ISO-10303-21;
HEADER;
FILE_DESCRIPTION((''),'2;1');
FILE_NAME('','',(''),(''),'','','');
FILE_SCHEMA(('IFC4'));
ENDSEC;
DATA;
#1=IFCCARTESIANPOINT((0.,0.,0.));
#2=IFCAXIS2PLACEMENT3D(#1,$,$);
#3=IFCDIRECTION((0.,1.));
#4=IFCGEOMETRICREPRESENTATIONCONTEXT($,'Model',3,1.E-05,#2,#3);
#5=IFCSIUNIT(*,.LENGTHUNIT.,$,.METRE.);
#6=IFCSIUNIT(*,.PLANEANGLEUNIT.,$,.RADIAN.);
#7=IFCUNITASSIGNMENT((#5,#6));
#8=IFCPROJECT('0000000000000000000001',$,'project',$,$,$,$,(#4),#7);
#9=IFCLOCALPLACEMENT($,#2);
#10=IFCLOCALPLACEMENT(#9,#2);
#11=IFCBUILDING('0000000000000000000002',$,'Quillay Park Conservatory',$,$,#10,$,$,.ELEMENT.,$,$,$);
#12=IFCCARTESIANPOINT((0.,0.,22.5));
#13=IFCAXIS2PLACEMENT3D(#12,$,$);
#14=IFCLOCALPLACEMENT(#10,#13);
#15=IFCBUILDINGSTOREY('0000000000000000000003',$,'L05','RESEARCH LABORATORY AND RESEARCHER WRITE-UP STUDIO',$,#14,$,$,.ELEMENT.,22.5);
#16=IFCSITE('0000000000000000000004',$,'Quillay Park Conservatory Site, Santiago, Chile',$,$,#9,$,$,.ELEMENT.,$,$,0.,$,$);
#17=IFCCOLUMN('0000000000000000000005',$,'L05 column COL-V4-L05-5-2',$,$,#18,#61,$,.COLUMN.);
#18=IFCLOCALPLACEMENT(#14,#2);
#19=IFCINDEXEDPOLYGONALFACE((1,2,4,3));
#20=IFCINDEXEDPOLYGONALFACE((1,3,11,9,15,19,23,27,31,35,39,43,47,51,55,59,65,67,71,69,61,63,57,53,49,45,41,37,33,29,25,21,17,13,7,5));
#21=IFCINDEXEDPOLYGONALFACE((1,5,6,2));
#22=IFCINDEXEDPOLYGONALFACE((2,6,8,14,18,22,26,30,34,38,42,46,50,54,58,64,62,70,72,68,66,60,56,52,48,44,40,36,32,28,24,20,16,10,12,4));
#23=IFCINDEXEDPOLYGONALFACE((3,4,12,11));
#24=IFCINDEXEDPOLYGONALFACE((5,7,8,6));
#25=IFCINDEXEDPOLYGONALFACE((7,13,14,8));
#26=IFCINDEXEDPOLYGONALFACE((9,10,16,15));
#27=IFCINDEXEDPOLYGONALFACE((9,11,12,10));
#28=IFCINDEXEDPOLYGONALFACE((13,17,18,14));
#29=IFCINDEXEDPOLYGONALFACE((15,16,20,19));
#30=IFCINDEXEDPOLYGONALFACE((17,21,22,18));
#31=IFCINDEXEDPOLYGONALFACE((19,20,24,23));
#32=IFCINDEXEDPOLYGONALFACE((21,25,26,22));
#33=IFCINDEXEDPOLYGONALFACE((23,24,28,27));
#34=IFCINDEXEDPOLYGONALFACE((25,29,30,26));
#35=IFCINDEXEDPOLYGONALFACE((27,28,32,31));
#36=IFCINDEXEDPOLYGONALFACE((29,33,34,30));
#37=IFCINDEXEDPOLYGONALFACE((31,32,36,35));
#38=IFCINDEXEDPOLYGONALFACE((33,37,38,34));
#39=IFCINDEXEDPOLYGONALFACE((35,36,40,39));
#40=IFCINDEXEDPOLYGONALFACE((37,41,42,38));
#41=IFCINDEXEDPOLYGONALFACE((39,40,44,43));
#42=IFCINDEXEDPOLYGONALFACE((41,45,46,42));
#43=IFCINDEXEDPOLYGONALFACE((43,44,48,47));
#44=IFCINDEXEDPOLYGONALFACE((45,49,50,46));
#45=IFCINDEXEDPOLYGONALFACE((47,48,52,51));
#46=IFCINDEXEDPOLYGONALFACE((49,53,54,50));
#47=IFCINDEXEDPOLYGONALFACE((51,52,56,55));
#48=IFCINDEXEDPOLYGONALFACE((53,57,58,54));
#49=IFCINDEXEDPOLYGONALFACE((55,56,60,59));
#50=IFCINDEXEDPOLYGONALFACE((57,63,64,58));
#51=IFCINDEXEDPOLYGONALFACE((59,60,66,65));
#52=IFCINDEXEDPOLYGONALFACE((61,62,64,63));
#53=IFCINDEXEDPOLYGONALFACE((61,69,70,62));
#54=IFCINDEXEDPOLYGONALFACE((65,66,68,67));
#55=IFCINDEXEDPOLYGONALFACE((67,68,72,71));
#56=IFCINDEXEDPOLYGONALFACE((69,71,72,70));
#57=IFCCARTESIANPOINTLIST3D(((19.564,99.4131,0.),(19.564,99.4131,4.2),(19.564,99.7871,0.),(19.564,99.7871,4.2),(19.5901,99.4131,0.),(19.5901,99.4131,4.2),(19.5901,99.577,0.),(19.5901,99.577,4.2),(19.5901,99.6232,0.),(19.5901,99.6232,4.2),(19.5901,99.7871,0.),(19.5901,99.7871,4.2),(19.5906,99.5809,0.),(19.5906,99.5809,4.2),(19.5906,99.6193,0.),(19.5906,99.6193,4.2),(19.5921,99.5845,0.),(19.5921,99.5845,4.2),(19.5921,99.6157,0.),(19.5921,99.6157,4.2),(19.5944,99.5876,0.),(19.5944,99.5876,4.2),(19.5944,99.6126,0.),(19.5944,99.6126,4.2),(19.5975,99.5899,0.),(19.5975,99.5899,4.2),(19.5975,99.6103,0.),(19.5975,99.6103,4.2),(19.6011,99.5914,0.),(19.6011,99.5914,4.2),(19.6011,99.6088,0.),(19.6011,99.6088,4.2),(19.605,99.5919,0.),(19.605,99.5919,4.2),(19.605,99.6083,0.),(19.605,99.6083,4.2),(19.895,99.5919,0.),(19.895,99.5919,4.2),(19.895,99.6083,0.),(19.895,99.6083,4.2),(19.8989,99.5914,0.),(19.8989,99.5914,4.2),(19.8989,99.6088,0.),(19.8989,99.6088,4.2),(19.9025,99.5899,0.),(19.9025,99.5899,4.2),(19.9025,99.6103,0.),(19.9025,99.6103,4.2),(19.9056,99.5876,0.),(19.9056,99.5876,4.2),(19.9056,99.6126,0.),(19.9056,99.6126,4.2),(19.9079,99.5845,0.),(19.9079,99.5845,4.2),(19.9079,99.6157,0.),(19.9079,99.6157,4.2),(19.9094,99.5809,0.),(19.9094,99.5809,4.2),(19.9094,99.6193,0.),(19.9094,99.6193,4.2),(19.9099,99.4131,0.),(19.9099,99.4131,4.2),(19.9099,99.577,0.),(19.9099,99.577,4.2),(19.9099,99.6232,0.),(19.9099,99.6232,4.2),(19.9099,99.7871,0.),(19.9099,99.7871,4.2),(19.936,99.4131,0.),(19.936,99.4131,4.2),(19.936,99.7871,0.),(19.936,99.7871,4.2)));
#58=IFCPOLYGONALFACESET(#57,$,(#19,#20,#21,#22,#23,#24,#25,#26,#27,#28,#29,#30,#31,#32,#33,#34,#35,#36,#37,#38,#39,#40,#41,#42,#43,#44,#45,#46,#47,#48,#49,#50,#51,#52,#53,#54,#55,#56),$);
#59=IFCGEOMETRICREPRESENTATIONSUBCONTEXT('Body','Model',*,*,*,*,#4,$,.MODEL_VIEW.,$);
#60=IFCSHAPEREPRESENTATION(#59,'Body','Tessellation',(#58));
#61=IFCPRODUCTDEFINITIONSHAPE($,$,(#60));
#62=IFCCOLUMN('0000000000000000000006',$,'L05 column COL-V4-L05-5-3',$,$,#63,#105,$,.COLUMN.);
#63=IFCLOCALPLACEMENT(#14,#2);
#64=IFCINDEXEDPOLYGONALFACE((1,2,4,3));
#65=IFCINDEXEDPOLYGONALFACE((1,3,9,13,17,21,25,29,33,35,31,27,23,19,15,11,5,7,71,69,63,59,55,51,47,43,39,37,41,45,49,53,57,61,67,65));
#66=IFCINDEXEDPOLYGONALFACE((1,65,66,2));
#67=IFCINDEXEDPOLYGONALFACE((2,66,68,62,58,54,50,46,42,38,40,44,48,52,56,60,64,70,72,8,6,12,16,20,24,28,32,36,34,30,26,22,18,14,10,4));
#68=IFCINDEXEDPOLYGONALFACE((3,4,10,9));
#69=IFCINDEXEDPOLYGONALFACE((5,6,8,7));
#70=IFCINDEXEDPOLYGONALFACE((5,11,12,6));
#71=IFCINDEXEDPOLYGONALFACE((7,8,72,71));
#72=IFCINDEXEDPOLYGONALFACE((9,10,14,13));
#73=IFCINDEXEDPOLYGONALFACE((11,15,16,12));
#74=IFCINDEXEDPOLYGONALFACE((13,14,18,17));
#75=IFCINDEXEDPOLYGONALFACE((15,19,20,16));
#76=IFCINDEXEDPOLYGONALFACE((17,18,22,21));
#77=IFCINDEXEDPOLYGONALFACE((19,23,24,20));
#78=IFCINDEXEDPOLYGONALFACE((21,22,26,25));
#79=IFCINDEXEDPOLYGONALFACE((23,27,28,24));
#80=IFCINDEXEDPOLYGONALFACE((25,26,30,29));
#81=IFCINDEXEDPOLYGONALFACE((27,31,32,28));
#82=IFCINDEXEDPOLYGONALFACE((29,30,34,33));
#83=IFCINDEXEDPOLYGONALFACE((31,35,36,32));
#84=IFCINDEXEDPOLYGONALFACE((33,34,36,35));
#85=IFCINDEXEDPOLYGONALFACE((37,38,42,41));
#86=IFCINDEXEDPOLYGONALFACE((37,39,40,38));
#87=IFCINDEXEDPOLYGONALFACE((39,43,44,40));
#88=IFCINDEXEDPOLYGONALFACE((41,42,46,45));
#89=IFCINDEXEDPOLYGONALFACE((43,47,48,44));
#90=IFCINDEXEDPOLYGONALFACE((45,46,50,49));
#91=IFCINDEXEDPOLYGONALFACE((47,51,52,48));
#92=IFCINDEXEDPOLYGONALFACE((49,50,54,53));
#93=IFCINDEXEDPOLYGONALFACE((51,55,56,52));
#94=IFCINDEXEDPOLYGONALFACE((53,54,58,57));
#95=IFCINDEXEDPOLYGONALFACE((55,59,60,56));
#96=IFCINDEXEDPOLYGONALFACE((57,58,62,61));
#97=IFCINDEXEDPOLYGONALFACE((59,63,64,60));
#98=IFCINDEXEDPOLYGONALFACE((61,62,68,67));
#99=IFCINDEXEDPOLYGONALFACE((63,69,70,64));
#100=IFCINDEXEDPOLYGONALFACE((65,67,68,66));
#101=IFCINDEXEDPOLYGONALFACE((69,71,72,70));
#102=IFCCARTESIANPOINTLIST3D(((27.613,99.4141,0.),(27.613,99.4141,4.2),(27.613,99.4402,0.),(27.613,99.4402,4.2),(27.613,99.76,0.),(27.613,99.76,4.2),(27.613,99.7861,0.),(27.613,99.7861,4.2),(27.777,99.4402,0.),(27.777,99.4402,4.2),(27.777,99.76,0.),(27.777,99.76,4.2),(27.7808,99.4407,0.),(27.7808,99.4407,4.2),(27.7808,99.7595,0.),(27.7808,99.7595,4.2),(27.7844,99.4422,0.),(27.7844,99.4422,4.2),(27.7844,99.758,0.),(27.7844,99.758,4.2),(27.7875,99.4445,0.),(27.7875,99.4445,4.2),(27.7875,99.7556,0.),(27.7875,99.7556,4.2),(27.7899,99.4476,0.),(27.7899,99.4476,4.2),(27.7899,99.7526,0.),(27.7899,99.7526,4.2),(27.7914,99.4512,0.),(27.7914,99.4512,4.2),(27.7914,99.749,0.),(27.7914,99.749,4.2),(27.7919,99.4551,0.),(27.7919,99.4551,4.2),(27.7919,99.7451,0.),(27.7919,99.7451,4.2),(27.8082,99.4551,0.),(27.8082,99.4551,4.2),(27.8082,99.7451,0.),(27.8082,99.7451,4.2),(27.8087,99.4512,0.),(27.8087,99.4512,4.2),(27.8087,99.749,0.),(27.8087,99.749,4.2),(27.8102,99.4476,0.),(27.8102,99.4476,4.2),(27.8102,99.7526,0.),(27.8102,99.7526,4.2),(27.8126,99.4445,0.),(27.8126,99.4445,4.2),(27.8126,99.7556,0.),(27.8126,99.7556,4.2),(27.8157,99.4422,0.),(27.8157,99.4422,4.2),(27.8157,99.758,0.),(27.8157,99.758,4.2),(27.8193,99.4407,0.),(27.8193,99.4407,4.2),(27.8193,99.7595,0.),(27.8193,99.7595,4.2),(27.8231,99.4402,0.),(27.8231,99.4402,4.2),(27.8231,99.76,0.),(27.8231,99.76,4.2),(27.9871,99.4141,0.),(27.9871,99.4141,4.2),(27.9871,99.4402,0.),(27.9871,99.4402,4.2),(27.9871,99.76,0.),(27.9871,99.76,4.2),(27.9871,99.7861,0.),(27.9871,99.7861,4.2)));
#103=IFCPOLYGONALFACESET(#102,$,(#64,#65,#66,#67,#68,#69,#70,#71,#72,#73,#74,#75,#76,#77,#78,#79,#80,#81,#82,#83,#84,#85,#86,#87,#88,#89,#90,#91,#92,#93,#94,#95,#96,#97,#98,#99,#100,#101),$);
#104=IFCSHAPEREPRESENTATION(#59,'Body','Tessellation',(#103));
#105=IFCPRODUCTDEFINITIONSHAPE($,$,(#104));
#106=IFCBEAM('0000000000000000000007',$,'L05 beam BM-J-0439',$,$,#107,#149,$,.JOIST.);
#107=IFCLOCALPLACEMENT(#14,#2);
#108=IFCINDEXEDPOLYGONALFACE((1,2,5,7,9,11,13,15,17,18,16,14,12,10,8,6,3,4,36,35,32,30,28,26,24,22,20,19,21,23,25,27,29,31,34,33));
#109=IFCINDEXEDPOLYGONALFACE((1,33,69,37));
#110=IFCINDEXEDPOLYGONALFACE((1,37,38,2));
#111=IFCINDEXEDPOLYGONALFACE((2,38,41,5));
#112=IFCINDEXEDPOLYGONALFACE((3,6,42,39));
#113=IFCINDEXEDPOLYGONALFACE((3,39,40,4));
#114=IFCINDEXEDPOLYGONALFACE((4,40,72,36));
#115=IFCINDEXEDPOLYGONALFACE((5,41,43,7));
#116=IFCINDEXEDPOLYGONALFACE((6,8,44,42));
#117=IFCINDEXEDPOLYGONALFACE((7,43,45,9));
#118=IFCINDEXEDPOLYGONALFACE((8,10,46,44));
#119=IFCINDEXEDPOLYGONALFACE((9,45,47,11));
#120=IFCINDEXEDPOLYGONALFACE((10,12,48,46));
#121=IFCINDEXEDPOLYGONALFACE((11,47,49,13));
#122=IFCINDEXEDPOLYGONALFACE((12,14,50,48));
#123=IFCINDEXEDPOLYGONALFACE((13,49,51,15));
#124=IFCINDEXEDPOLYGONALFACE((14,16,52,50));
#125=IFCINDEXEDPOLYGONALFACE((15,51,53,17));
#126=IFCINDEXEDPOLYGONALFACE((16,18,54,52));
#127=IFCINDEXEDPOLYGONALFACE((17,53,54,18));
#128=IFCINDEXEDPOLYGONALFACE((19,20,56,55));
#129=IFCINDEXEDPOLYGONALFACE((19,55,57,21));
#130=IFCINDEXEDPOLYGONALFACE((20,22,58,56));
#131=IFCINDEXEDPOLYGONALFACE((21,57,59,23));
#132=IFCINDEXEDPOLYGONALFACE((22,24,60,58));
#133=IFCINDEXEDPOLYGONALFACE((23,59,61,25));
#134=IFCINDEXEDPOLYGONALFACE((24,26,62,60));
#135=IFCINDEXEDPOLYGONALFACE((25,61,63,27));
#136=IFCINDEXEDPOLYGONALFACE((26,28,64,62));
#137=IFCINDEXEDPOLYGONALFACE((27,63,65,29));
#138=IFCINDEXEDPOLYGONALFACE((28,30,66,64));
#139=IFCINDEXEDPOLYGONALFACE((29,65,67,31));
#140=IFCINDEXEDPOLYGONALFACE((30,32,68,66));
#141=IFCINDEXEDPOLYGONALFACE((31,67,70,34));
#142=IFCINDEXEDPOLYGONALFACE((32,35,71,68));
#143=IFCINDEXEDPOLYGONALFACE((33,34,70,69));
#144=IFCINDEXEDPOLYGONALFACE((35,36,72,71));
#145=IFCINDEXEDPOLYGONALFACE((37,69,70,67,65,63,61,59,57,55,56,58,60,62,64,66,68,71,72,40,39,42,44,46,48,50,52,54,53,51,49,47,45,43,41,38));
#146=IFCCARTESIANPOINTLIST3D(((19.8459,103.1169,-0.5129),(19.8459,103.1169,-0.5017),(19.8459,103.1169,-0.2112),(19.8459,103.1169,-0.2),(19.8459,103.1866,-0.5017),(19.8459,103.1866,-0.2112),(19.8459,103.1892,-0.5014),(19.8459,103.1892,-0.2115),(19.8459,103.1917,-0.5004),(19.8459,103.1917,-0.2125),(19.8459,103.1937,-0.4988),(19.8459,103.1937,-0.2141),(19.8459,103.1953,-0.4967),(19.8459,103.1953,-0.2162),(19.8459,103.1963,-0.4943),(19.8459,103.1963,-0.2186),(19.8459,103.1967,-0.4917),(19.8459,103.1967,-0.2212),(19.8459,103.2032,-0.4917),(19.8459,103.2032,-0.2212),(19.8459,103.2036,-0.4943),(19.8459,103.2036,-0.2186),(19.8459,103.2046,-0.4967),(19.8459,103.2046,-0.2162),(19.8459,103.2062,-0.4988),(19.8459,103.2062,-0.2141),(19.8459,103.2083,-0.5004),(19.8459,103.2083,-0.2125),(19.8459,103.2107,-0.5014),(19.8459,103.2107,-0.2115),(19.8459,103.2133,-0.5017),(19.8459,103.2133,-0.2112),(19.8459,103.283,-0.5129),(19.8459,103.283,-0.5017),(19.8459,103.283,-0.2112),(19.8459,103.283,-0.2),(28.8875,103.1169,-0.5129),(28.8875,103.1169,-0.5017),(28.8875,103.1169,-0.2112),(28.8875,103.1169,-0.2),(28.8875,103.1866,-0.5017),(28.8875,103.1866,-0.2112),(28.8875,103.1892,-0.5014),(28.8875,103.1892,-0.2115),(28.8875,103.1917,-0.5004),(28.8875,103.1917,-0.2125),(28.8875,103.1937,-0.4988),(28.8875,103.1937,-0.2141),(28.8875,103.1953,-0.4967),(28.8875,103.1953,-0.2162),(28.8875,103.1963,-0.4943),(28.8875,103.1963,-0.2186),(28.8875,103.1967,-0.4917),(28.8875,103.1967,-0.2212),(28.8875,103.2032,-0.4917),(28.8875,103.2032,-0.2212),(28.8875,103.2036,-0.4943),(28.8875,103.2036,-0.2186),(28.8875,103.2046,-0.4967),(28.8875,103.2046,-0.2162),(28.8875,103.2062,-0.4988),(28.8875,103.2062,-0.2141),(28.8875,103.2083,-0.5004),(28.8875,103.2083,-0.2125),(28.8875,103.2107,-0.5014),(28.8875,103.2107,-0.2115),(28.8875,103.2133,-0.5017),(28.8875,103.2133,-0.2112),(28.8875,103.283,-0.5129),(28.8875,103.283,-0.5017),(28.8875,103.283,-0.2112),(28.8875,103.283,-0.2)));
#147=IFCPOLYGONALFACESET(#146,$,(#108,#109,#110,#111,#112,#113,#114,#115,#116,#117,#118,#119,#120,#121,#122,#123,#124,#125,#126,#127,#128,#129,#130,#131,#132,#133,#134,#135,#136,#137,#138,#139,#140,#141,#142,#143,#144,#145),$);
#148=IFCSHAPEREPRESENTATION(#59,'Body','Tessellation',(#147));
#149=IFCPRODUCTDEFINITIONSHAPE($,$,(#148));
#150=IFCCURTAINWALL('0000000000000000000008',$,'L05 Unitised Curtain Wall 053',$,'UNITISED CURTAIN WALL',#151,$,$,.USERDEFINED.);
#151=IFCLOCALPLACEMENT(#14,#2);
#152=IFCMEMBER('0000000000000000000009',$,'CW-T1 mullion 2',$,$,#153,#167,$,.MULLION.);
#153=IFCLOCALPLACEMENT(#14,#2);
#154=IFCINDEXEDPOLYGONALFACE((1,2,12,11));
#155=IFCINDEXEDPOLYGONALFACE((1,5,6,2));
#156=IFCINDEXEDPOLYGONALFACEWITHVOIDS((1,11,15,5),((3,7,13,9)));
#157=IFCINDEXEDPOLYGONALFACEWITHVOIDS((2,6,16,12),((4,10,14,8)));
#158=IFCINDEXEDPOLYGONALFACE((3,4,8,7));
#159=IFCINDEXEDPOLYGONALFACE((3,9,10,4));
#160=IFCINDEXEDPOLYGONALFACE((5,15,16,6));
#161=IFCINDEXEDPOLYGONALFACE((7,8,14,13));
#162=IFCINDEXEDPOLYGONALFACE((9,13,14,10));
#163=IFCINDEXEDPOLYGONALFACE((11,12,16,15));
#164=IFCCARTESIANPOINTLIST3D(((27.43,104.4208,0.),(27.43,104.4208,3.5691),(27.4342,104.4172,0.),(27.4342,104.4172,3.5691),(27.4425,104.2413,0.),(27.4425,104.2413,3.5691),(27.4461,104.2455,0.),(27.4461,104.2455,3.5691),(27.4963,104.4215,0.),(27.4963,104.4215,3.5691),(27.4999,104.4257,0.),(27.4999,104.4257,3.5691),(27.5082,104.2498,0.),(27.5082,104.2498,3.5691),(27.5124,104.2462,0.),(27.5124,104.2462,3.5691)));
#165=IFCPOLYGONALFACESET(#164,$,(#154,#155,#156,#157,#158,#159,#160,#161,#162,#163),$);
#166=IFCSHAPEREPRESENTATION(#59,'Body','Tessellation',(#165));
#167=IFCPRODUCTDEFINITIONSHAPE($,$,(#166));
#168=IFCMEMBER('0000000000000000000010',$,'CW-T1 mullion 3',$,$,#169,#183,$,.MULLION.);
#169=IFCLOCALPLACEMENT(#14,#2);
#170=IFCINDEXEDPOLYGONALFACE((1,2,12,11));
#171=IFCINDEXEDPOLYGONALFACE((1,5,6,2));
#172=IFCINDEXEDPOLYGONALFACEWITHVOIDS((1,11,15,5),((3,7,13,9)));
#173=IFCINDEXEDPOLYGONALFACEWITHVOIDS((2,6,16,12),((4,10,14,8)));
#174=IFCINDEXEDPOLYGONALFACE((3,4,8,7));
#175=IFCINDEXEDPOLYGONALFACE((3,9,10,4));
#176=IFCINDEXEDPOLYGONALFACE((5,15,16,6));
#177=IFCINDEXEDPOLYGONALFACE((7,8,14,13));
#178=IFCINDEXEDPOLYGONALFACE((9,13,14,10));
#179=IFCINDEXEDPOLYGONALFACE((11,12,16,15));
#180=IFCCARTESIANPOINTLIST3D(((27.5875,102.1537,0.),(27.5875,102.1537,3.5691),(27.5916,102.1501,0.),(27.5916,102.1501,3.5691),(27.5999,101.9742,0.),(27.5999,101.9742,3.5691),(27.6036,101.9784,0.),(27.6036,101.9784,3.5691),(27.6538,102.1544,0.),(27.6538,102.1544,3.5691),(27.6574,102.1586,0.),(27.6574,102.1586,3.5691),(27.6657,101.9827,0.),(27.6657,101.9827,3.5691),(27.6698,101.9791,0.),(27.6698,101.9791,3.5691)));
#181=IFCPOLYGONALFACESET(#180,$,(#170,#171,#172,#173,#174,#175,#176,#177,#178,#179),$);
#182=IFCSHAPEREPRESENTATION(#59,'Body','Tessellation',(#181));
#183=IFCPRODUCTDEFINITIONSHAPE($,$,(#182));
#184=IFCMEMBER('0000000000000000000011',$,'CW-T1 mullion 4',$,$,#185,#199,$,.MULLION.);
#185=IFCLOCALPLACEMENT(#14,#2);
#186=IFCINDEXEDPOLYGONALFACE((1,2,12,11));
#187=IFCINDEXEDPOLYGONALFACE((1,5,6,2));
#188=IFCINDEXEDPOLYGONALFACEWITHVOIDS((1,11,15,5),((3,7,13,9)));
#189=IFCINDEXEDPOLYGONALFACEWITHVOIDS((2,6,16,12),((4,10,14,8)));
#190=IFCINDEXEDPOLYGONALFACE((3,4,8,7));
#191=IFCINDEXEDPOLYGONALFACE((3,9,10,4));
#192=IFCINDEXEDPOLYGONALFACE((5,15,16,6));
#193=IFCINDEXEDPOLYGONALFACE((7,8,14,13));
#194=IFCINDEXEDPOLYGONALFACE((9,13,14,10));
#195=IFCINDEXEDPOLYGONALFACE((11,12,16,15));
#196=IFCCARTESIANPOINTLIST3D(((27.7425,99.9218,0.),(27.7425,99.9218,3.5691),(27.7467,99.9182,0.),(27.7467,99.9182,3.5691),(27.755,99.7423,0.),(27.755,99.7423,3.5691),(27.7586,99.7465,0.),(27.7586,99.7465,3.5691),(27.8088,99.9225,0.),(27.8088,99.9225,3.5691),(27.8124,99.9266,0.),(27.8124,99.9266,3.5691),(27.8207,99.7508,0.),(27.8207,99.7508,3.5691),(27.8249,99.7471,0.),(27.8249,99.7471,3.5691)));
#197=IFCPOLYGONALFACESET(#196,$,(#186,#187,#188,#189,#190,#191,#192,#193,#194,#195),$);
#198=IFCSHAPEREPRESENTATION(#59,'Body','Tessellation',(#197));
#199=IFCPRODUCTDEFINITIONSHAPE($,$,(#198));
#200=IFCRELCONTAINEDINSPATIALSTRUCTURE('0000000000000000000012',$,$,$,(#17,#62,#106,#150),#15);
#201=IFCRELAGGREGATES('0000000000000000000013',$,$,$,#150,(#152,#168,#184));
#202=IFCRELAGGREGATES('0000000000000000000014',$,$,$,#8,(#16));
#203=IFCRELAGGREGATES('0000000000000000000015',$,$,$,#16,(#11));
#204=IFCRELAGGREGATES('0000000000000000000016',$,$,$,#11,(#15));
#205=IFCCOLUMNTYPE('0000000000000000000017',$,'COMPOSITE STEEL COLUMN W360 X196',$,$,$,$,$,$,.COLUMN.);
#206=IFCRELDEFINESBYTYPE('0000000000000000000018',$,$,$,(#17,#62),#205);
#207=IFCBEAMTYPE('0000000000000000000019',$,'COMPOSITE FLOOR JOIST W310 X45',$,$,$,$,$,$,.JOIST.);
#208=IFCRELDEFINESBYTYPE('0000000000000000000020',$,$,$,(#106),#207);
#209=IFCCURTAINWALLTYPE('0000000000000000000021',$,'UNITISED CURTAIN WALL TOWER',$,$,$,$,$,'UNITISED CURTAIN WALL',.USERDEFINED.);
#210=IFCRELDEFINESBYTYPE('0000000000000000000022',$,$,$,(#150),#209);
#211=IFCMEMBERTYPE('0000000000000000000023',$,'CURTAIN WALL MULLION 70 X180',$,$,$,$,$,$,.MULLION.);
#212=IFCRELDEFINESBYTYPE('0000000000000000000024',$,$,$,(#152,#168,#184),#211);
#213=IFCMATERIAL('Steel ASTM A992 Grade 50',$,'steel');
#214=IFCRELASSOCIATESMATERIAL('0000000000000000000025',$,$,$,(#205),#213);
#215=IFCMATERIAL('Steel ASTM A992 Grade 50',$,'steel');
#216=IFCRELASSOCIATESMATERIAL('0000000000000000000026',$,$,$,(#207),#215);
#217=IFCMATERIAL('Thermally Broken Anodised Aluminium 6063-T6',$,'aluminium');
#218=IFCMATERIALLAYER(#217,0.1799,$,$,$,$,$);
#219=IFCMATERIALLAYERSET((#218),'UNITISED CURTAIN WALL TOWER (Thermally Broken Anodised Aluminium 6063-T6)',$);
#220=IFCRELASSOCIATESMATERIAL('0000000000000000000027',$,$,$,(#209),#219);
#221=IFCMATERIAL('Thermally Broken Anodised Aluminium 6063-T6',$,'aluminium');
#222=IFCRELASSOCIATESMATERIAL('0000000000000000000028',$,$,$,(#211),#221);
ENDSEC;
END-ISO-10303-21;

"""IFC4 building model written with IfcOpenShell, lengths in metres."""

from ifc_helpers import new_model, si_unit, direction, frame, origin, origin_2d, place, context, subcontext, project, spatial, hollow_rectangle, i_section, extrude, material, layer, layer_set, material_profile, profile_set, type_object, element, aggregate, save


model = new_model("IFC4")

# Units and contexts
model_context = context("Model", 3, precision=1e-05, world=origin(), true_north=direction((0.0, 1.0)))
body_context = subcontext(model_context, "Body", "Model", "MODEL_VIEW")
ifc_project = project(units=[si_unit("LENGTHUNIT", "METRE"), si_unit("PLANEANGLEUNIT", "RADIAN")], contexts=[model_context])

# Site, building, storey
site_placement = place(None, origin())
site = spatial("IfcSite", under=ifc_project, at=site_placement, Name="Quillay Park Conservatory Site, Santiago, Chile", CompositionType="ELEMENT", RefElevation=0.0)
building_placement = place(site_placement, origin())
building = spatial("IfcBuilding", under=site, at=building_placement, Name="Quillay Park Conservatory", CompositionType="ELEMENT")
storey_placement = place(building_placement, frame((0.0, 0.0, 22.5)))
storey = spatial("IfcBuildingStorey", under=building, at=storey_placement, Name="L05", Description="RESEARCH LABORATORY AND RESEARCHER WRITE-UP STUDIO", CompositionType="ELEMENT", Elevation=22.5)

# Columns
ifc_material_1 = material(Name="Steel ASTM A992 Grade 50", Category="steel")
ifc_material_profile_1 = material_profile(ifc_material_1, i_section(OverallWidth=0.374, OverallDepth=0.3721, WebThickness=0.0164, FlangeThickness=0.0261, FilletRadius=0.0149, at=origin_2d()), Name="W360x196")
ifc_profile_set_1 = profile_set([ifc_material_profile_1], Name="Steel ASTM A992 Grade 50")
column_type = type_object("IfcColumnType", Name="COMPOSITE STEEL COLUMN W360 X196", PredefinedType="COLUMN", material=ifc_profile_set_1)
for number, where, z_axis, x_axis, name in (
    (1, (19.75, 99.6001, 0.0), (0.0, 0.0, 1.0), (0.0, 1.0, 0.0), "L05 column COL-V4-L05-5-2"),
    (2, (27.8, 99.6001, 0.0), (0.0, 0.0, 1.0), (1.0, 0.0, 0.0), "L05 column COL-V4-L05-5-3"),
):
    element("IfcColumn", number, at=place(storey_placement, frame(where, z_axis=z_axis, x_axis=x_axis)), inside=storey, type_object=column_type, Name=name, PredefinedType="COLUMN", context=body_context, shape_type="SweptSolid", body=[
        extrude(i_section(OverallWidth=0.374, OverallDepth=0.3721, WebThickness=0.0164, FlangeThickness=0.0261, FilletRadius=0.0149, at=origin_2d()), origin(), (0.0, 0.0, 1.0), 4.2),
    ])

# Beam
ifc_material_2 = material(Name="Steel ASTM A992 Grade 50", Category="steel")
ifc_material_profile_2 = material_profile(ifc_material_2, i_section(OverallWidth=0.166, OverallDepth=0.313, WebThickness=0.0066, FlangeThickness=0.0112, FilletRadius=0.01, at=origin_2d()), Name="W310x45")
ifc_profile_set_2 = profile_set([ifc_material_profile_2], Name="Steel ASTM A992 Grade 50")
beam_type_1 = type_object("IfcBeamType", Name="COMPOSITE FLOOR JOIST W310 X45", PredefinedType="JOIST", material=ifc_profile_set_2)
beam_1_placement = place(storey_placement, frame((19.8459, 103.2, -0.3564), z_axis=(1.0, 0.0, 0.0), x_axis=(0.0, 1.0, 0.0)))
element("IfcBeam", 3, at=beam_1_placement, inside=storey, type_object=beam_type_1, Name="L05 beam BM-J-0439", PredefinedType="JOIST", context=body_context, shape_type="SweptSolid", body=[
    extrude(i_section(OverallWidth=0.166, OverallDepth=0.313, WebThickness=0.0066, FlangeThickness=0.0112, FilletRadius=0.01, at=origin_2d()), origin(), (0.0, 0.0, 1.0), 9.0415),
])

# Curtain wall, members
ifc_material_3 = material(Name="Thermally Broken Anodised Aluminium 6063-T6", Category="aluminium")
ifc_layer_1 = layer(ifc_material_3, 0.1799)
ifc_layer_set_1 = layer_set([ifc_layer_1], Name="UNITISED CURTAIN WALL TOWER (Thermally Broken Anodised Aluminium 6063-T6)")
curtain_wall_type = type_object("IfcCurtainWallType", Name="UNITISED CURTAIN WALL TOWER", ElementType="UNITISED CURTAIN WALL", PredefinedType="USERDEFINED", material=ifc_layer_set_1)
curtain_wall_placement = place(storey_placement, origin())
curtain_wall = element("IfcCurtainWall", 4, at=curtain_wall_placement, inside=storey, type_object=curtain_wall_type, Name="L05 Unitised Curtain Wall 053", ObjectType="UNITISED CURTAIN WALL", PredefinedType="USERDEFINED")
ifc_material_4 = material(Name="Thermally Broken Anodised Aluminium 6063-T6", Category="aluminium")
ifc_material_profile_3 = material_profile(ifc_material_4, hollow_rectangle(XDim=0.0701, YDim=0.1799, WallThickness=0.0039, at=origin_2d()), Name="AL70x180x4")
ifc_profile_set_3 = profile_set([ifc_material_profile_3], Name="Thermally Broken Anodised Aluminium 6063-T6")
member_type_1 = type_object("IfcMemberType", Name="CURTAIN WALL MULLION 70 X180", PredefinedType="MULLION", material=ifc_profile_set_3)
member_1_placement = place(storey_placement, frame((27.4712, 104.3335, 0.0), z_axis=(0.0, 0.0, 1.0), x_axis=(0.997598, 0.069264, 0.0)))
member_1 = element("IfcMember", 5, at=member_1_placement, type_object=member_type_1, Name="CW-T1 mullion 2", PredefinedType="MULLION", context=body_context, shape_type="SweptSolid", body=[
    extrude(hollow_rectangle(XDim=0.0701, YDim=0.1799, WallThickness=0.0039, at=origin_2d()), origin(), (0.0, 0.0, 1.0), 3.5691),
])
member_2_placement = place(storey_placement, frame((27.6287, 102.0664, 0.0), z_axis=(0.0, 0.0, 1.0), x_axis=(0.997598, 0.069264, 0.0)))
member_2 = element("IfcMember", 6, at=member_2_placement, type_object=member_type_1, Name="CW-T1 mullion 3", PredefinedType="MULLION", context=body_context, shape_type="SweptSolid", body=[
    extrude(hollow_rectangle(XDim=0.0701, YDim=0.1799, WallThickness=0.0039, at=origin_2d()), origin(), (0.0, 0.0, 1.0), 3.5691),
])
member_3_placement = place(storey_placement, frame((27.7837, 99.8345, 0.0), z_axis=(0.0, 0.0, 1.0), x_axis=(0.997598, 0.069264, 0.0)))
member_3 = element("IfcMember", 7, at=member_3_placement, type_object=member_type_1, Name="CW-T1 mullion 4", PredefinedType="MULLION", context=body_context, shape_type="SweptSolid", body=[
    extrude(hollow_rectangle(XDim=0.0701, YDim=0.1799, WallThickness=0.0039, at=origin_2d()), origin(), (0.0, 0.0, 1.0), 3.5691),
])

aggregate(curtain_wall, [member_1, member_2, member_3])

save(model, "model.ifc")
